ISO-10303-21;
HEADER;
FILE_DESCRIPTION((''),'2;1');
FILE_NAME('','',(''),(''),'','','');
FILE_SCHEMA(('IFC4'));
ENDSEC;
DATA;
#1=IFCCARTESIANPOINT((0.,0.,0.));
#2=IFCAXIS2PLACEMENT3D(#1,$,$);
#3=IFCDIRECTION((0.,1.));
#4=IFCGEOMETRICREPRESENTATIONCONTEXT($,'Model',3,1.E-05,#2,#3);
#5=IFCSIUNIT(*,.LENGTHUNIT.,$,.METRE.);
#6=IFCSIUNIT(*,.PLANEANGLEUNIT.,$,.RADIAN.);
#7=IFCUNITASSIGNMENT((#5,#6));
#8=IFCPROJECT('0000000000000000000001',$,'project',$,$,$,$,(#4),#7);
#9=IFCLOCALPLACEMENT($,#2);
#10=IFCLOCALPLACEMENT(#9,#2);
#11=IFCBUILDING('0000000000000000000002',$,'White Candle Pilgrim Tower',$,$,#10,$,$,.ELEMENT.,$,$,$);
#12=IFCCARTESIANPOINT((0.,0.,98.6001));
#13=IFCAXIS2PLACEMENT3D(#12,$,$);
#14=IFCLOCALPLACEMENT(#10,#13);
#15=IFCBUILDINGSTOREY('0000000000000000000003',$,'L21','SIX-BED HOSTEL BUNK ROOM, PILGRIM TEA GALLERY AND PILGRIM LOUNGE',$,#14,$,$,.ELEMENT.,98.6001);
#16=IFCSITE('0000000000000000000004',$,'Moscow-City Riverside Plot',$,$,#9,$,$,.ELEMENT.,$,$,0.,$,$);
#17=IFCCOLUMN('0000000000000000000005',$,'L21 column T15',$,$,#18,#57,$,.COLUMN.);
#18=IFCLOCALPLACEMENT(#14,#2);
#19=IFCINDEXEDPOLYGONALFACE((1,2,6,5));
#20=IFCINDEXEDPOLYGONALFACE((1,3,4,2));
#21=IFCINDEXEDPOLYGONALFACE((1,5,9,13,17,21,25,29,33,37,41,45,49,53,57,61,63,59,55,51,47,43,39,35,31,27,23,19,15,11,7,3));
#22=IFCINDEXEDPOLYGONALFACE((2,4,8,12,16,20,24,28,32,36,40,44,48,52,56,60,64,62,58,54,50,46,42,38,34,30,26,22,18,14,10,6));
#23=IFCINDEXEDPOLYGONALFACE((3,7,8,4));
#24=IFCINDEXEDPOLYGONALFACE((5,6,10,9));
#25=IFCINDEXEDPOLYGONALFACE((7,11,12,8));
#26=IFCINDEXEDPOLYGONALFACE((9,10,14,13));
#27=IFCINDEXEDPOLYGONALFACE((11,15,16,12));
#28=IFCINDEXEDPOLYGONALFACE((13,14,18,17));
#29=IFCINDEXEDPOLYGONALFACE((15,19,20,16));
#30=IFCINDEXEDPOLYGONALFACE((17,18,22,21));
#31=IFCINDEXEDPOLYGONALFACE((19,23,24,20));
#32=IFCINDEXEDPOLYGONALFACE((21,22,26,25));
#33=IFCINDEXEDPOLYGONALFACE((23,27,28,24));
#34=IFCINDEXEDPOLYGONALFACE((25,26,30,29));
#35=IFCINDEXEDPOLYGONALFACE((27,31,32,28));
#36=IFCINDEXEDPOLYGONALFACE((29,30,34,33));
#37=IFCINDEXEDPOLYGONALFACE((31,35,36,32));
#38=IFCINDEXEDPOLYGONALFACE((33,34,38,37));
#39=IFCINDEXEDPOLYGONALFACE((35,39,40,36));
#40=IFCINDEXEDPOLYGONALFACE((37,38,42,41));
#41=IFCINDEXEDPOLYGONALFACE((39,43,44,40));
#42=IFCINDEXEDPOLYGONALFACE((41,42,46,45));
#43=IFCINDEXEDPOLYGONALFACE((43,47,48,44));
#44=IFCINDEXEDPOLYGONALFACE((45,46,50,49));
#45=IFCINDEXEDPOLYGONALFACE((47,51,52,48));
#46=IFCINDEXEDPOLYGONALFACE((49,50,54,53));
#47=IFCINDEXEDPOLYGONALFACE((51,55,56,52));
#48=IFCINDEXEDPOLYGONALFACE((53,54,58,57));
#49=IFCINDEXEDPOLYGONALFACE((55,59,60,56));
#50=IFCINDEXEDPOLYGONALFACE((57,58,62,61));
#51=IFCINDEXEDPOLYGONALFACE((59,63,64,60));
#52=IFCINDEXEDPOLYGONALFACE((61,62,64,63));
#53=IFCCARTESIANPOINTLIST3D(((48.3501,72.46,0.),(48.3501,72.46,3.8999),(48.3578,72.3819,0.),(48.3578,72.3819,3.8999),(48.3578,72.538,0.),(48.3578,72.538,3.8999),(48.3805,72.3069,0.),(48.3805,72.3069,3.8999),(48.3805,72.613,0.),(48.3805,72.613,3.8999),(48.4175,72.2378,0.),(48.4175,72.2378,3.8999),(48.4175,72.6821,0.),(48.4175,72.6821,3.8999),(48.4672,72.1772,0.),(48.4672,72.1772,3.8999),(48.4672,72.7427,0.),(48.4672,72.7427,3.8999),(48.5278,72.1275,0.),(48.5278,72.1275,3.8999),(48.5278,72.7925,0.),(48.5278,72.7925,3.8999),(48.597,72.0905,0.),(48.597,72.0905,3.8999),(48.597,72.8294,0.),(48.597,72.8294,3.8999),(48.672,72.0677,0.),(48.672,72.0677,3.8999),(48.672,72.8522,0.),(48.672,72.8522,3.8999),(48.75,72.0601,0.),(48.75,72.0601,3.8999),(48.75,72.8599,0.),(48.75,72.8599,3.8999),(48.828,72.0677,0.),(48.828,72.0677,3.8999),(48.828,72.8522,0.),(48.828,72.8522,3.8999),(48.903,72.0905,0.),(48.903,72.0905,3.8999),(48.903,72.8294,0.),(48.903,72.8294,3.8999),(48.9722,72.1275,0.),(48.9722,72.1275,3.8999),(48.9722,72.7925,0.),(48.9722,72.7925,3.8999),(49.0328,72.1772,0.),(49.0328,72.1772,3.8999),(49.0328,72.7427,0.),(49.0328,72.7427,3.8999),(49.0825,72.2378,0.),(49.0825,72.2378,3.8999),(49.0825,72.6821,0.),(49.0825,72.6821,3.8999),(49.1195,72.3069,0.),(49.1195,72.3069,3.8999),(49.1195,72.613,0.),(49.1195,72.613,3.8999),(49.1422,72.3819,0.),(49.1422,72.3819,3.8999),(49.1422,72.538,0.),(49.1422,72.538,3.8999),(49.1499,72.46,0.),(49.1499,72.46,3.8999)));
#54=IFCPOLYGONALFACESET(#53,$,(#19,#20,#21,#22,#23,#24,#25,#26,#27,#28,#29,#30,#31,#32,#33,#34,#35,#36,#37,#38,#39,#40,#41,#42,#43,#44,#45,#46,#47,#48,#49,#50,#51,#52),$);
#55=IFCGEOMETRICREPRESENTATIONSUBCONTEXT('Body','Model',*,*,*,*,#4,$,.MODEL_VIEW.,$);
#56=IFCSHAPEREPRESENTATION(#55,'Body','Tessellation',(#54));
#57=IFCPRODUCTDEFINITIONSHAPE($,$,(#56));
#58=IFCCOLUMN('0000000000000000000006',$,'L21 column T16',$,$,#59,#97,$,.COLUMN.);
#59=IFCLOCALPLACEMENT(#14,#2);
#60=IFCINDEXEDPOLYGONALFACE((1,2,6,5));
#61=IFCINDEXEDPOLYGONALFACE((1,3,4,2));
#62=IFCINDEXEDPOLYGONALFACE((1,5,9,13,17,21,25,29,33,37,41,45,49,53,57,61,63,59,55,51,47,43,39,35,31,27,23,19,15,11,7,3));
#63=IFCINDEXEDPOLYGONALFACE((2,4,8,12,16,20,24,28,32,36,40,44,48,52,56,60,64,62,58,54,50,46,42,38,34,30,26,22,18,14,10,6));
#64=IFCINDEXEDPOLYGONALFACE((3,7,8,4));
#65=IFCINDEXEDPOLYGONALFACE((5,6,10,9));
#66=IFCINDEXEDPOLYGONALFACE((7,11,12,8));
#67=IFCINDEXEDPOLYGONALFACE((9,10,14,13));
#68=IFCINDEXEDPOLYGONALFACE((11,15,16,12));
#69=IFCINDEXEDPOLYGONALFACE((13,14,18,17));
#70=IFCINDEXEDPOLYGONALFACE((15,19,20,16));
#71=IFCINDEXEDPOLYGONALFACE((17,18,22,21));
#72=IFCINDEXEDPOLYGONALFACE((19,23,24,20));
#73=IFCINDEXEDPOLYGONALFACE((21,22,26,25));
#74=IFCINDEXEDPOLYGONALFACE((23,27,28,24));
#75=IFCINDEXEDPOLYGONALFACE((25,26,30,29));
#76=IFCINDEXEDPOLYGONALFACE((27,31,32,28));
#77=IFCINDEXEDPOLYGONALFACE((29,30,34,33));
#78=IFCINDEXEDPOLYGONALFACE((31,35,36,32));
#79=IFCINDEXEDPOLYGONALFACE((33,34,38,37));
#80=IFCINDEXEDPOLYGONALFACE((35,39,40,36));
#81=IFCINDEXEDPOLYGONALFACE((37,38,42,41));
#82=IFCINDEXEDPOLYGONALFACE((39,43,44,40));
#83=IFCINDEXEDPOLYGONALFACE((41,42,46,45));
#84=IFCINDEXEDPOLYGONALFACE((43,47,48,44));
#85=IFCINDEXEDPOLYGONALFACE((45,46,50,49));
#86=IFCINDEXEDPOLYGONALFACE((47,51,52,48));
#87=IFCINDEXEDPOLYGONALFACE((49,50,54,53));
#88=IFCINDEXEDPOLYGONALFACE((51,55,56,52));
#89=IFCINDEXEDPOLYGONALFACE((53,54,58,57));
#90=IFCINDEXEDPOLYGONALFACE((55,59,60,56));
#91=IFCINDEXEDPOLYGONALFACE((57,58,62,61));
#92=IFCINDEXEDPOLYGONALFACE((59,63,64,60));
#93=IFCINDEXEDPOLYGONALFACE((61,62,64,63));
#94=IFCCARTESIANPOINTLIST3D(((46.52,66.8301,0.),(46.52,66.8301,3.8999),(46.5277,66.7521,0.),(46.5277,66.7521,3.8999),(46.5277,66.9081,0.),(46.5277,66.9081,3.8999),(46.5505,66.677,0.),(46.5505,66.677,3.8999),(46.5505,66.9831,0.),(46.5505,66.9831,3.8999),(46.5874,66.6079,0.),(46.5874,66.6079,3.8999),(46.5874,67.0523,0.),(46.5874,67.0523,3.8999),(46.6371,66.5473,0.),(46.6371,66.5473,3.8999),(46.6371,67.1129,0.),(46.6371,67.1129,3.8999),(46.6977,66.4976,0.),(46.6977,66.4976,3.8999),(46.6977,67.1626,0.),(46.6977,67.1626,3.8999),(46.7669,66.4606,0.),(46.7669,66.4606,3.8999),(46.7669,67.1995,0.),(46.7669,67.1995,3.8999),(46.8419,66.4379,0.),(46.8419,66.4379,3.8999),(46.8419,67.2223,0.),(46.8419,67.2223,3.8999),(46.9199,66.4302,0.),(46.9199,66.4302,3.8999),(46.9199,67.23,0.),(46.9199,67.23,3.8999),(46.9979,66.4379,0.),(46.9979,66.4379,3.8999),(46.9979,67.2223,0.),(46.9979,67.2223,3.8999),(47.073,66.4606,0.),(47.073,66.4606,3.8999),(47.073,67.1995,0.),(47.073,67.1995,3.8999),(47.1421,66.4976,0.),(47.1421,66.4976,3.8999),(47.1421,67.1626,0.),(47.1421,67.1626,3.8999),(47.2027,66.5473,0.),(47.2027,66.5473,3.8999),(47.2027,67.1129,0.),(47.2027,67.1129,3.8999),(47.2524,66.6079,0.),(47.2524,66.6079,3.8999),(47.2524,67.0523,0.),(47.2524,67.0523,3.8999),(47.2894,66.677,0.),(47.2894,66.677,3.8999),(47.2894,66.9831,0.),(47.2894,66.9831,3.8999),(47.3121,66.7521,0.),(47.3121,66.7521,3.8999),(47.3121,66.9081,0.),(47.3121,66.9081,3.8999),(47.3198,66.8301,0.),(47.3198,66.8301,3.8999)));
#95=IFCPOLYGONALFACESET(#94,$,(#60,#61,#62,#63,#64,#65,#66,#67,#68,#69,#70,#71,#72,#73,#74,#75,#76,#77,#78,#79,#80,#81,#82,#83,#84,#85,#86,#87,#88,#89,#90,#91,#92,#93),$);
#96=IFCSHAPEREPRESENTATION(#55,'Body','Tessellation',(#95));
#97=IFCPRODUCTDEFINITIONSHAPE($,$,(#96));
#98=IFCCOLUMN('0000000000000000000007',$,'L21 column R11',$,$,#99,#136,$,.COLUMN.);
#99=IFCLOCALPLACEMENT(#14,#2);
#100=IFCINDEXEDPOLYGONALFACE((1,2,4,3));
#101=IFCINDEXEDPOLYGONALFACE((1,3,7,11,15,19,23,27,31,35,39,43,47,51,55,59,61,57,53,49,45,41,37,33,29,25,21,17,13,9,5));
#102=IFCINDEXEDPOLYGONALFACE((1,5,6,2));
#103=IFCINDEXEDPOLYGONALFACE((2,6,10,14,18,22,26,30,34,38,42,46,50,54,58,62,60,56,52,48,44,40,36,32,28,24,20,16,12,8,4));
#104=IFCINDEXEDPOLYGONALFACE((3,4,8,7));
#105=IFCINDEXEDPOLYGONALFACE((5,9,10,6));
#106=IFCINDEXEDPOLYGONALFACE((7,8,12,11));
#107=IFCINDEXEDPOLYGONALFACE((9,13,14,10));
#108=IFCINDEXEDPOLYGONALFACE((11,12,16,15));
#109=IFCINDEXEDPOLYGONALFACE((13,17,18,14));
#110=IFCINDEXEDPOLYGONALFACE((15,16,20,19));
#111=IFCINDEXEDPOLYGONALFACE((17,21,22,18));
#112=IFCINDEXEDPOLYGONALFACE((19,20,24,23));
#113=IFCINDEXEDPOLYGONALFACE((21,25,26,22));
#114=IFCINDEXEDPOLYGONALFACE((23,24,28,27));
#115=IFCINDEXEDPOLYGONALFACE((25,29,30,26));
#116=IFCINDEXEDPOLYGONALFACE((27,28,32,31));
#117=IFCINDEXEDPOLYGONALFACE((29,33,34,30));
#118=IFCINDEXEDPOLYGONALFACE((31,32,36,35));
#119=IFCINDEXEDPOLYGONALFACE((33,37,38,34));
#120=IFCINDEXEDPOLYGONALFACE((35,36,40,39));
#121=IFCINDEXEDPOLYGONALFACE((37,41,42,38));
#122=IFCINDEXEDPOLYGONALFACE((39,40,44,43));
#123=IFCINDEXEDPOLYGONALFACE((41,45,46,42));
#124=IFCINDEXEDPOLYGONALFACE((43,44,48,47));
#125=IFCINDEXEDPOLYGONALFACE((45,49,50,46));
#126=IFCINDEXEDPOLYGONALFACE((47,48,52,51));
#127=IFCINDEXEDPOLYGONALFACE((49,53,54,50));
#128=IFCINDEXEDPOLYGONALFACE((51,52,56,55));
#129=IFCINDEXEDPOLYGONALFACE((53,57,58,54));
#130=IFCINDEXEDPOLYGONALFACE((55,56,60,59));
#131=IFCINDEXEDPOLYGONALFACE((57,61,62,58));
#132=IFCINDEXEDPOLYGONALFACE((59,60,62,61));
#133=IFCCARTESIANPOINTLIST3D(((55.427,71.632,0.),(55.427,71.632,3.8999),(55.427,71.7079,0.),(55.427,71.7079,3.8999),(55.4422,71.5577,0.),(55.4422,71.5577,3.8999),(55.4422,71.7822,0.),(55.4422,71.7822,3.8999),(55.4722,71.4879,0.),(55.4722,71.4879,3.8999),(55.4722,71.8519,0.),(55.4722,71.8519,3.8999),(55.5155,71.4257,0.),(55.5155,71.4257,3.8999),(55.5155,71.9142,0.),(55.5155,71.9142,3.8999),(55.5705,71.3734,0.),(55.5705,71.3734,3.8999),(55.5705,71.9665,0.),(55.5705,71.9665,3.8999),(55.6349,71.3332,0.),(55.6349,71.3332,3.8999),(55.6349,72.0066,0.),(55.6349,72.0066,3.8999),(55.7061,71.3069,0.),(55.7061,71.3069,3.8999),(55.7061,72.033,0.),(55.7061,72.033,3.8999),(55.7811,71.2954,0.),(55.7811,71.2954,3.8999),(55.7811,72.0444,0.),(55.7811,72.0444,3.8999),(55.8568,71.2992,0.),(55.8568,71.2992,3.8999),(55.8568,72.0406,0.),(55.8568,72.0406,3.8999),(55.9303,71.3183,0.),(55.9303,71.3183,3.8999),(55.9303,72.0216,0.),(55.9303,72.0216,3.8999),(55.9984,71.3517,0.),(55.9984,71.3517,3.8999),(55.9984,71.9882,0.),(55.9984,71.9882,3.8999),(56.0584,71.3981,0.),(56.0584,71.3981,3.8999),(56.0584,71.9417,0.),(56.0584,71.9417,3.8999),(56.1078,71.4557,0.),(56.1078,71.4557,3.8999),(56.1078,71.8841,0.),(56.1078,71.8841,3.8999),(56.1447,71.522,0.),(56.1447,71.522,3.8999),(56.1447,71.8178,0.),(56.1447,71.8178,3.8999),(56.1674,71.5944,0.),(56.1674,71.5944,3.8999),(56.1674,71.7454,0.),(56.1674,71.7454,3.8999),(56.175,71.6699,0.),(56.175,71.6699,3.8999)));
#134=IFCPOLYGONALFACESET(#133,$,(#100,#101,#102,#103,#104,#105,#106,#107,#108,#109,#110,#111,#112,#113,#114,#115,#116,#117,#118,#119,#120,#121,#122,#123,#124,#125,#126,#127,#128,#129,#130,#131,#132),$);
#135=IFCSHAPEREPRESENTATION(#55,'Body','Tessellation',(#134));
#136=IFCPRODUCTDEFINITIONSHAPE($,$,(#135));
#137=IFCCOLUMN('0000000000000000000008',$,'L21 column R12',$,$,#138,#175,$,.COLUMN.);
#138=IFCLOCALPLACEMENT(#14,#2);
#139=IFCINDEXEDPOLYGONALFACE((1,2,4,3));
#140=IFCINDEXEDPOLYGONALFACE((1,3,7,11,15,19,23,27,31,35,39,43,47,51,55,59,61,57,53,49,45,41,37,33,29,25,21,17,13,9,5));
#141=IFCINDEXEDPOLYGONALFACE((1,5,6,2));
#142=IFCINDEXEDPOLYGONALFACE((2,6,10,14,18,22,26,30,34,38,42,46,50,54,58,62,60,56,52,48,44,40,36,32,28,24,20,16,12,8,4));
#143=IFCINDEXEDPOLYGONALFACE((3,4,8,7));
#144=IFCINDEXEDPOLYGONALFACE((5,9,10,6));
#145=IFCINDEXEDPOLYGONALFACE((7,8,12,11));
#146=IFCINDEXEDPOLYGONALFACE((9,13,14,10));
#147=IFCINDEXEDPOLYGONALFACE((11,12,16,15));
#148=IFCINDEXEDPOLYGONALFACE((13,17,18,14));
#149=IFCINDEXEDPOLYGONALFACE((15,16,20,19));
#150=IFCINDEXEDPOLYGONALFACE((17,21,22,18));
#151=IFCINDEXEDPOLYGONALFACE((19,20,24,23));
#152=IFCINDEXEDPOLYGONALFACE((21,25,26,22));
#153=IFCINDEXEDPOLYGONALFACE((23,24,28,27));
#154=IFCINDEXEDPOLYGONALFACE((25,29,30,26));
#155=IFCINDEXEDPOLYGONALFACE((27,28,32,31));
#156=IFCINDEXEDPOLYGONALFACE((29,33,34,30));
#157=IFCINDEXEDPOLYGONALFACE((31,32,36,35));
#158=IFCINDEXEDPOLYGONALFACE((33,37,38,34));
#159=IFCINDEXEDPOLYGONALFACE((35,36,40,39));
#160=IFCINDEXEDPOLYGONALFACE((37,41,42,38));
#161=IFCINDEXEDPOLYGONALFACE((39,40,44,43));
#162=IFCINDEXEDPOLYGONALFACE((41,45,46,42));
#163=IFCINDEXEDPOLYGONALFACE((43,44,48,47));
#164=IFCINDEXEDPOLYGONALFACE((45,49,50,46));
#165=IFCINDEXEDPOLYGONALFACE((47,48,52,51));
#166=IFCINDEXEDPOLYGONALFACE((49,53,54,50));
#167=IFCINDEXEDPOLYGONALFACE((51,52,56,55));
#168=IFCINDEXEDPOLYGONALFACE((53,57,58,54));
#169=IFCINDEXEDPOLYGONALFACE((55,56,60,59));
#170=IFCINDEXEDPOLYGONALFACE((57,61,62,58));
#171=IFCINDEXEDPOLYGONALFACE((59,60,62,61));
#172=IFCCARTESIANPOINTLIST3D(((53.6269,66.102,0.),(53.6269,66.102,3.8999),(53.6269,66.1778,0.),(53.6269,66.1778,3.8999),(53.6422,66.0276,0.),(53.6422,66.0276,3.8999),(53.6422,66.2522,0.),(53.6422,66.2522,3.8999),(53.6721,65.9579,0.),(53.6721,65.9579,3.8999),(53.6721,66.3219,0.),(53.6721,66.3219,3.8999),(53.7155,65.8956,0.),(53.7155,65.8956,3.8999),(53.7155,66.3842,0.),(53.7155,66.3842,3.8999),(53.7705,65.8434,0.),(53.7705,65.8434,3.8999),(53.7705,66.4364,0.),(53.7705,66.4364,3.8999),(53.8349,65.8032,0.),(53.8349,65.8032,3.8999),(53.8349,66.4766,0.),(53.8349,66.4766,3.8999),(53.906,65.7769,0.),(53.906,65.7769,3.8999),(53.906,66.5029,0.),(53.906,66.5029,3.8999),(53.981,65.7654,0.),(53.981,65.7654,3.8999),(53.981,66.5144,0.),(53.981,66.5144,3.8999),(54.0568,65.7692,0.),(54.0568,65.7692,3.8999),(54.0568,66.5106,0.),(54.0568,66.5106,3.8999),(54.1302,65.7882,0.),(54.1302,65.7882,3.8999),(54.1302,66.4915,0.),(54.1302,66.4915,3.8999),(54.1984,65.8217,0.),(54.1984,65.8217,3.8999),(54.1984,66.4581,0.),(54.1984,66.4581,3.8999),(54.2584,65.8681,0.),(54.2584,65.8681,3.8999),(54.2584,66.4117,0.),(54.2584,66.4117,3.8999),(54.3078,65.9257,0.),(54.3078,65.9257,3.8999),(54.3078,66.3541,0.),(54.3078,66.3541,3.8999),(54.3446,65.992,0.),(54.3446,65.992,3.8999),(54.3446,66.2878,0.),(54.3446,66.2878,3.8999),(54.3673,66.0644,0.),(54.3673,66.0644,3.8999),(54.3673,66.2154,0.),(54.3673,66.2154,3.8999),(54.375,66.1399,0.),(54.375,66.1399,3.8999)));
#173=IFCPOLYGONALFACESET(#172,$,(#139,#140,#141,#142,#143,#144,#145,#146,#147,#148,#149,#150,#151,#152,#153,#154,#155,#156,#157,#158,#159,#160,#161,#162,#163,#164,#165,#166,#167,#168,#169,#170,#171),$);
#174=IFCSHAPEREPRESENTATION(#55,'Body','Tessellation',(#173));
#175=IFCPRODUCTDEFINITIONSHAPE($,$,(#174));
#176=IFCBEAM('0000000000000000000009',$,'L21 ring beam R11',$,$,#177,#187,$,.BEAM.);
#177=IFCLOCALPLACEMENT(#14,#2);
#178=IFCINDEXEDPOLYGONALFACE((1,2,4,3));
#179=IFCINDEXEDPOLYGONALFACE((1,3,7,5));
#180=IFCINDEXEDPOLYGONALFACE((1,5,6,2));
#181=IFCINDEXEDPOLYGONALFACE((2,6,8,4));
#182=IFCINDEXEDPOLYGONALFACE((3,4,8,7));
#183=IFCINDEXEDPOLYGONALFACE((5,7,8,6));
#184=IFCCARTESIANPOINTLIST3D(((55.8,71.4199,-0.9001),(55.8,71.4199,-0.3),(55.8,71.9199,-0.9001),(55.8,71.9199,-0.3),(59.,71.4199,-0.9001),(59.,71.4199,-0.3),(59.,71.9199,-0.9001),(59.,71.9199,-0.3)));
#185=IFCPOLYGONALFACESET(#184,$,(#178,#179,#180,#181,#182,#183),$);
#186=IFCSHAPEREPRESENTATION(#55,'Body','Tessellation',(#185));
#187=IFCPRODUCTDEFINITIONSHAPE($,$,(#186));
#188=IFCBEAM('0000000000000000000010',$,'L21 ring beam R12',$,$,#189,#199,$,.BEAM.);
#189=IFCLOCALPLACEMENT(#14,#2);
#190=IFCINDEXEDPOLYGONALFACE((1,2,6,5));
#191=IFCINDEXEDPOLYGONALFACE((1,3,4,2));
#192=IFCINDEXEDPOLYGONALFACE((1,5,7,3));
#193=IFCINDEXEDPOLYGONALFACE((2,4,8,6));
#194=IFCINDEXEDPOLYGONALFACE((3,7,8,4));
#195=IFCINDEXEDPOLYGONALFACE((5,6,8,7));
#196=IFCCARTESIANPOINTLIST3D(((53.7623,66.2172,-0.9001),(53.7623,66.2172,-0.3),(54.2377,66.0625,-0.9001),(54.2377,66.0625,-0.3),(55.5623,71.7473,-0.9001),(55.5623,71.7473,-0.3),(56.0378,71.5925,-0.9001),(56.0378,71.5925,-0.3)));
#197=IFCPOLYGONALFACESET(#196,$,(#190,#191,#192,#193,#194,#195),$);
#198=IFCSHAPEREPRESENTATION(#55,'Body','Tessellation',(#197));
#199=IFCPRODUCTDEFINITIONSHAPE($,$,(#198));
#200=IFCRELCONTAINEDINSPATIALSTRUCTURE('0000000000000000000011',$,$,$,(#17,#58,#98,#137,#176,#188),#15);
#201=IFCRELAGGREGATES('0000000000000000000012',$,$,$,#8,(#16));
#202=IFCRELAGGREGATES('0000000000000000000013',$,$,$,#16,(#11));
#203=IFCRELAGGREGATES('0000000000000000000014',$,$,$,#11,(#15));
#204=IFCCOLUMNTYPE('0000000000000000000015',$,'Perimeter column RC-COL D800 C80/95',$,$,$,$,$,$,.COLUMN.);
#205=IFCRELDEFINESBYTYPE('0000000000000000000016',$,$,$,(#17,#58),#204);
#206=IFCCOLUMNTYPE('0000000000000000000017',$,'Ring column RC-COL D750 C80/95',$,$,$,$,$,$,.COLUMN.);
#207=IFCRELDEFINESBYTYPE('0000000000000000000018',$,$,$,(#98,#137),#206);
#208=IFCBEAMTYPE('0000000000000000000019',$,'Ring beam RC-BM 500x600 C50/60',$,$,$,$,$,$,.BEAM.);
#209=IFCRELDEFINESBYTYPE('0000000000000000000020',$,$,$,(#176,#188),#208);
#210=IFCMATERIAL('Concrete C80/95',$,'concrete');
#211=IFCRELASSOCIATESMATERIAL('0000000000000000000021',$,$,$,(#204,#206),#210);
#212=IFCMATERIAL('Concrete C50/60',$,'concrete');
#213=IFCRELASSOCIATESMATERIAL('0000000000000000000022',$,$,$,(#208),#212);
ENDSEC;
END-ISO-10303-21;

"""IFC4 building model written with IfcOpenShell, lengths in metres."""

from ifc_helpers import new_model, si_unit, direction, frame, origin, origin_2d, place, context, subcontext, project, spatial, rectangle, circle, extrude, material, material_profile, profile_set, type_object, element, save


model = new_model("IFC4")

# Units and contexts
model_context = context("Model", 3, precision=1e-05, world=origin(), true_north=direction((0.0, 1.0)))
body_context = subcontext(model_context, "Body", "Model", "MODEL_VIEW")
ifc_project = project(units=[si_unit("LENGTHUNIT", "METRE"), si_unit("PLANEANGLEUNIT", "RADIAN")], contexts=[model_context])

# Site, building, storey
site_placement = place(None, origin())
site = spatial("IfcSite", under=ifc_project, at=site_placement, Name="Moscow-City Riverside Plot", CompositionType="ELEMENT", RefElevation=0.0)
building_placement = place(site_placement, origin())
building = spatial("IfcBuilding", under=site, at=building_placement, Name="White Candle Pilgrim Tower", CompositionType="ELEMENT")
storey_placement = place(building_placement, frame((0.0, 0.0, 98.6001)))
storey = spatial("IfcBuildingStorey", under=building, at=storey_placement, Name="L21", Description="SIX-BED HOSTEL BUNK ROOM, PILGRIM TEA GALLERY AND PILGRIM LOUNGE", CompositionType="ELEMENT", Elevation=98.6001)

# Columns
ifc_material_1 = material(Name="Concrete C80/95", Category="concrete")
ifc_material_profile_1 = material_profile(ifc_material_1, circle(Radius=0.3999, at=origin_2d()), Name="RC-COL D800")
ifc_profile_set_1 = profile_set([ifc_material_profile_1], Name="Concrete C80/95")
column_type_1 = type_object("IfcColumnType", Name="Perimeter column RC-COL D800 C80/95", PredefinedType="COLUMN", material=ifc_profile_set_1)
for number, where, z_axis, x_axis, name in (
    (1, (48.75, 72.46, 0.0), (0.0, 0.0, 1.0), (1.0, 0.0, 0.0), "L21 column T15"),
    (2, (46.9199, 66.8301, 0.0), (0.0, 0.0, 1.0), (1.0, 0.0, 0.0), "L21 column T16"),
):
    element("IfcColumn", number, at=place(storey_placement, frame(where, z_axis=z_axis, x_axis=x_axis)), inside=storey, type_object=column_type_1, Name=name, PredefinedType="COLUMN", context=body_context, shape_type="SweptSolid", body=[
        extrude(circle(Radius=0.3999, at=origin_2d()), origin(), (0.0, 0.0, 1.0), 3.8999),
    ])
ifc_material_profile_2 = material_profile(ifc_material_1, circle(Radius=0.375, at=origin_2d()), Name="RC-COL D750")
ifc_profile_set_2 = profile_set([ifc_material_profile_2], Name="Concrete C80/95")
column_type_2 = type_object("IfcColumnType", Name="Ring column RC-COL D750 C80/95", PredefinedType="COLUMN", material=ifc_profile_set_2)
for number, where, z_axis, x_axis, name in (
    (3, (55.8, 71.6699, 0.0), (0.0, 0.0, 1.0), (1.0, 0.0, 0.0), "L21 column R11"),
    (4, (54.0, 66.1399, 0.0), (0.0, 0.0, 1.0), (1.0, 0.0, 0.0), "L21 column R12"),
):
    element("IfcColumn", number, at=place(storey_placement, frame(where, z_axis=z_axis, x_axis=x_axis)), inside=storey, type_object=column_type_2, Name=name, PredefinedType="COLUMN", context=body_context, shape_type="SweptSolid", body=[
        extrude(circle(Radius=0.375, at=origin_2d()), origin(), (0.0, 0.0, 1.0), 3.8999),
    ])

# Beams
ifc_material_2 = material(Name="Concrete C50/60", Category="concrete")
ifc_material_profile_3 = material_profile(ifc_material_2, rectangle(XDim=0.5, YDim=0.6001, at=origin_2d()), Name="RC-BM 500x600")
ifc_profile_set_3 = profile_set([ifc_material_profile_3], Name="Concrete C50/60")
beam_type_1 = type_object("IfcBeamType", Name="Ring beam RC-BM 500x600 C50/60", PredefinedType="BEAM", material=ifc_profile_set_3)
beam_1_placement = place(storey_placement, frame((55.8, 71.6699, -0.6001), z_axis=(1.0, 0.0, 0.0), x_axis=(0.0, 1.0, 0.0)))
element("IfcBeam", 5, at=beam_1_placement, inside=storey, type_object=beam_type_1, Name="L21 ring beam R11", PredefinedType="BEAM", context=body_context, shape_type="SweptSolid", body=[
    extrude(rectangle(XDim=0.5, YDim=0.6001, at=origin_2d()), origin(), (0.0, 0.0, 1.0), 3.2),
])
beam_2_placement = place(storey_placement, frame((55.8, 71.6699, -0.6001), z_axis=(-0.30952, -0.950893, 0.0), x_axis=(0.950893, -0.30952, 0.0)))
element("IfcBeam", 6, at=beam_2_placement, inside=storey, type_object=beam_type_1, Name="L21 ring beam R12", PredefinedType="BEAM", context=body_context, shape_type="SweptSolid", body=[
    extrude(rectangle(XDim=0.5, YDim=0.6001, at=origin_2d()), origin(), (0.0, 0.0, 1.0), 5.8157),
])

save(model, "model.ifc")
